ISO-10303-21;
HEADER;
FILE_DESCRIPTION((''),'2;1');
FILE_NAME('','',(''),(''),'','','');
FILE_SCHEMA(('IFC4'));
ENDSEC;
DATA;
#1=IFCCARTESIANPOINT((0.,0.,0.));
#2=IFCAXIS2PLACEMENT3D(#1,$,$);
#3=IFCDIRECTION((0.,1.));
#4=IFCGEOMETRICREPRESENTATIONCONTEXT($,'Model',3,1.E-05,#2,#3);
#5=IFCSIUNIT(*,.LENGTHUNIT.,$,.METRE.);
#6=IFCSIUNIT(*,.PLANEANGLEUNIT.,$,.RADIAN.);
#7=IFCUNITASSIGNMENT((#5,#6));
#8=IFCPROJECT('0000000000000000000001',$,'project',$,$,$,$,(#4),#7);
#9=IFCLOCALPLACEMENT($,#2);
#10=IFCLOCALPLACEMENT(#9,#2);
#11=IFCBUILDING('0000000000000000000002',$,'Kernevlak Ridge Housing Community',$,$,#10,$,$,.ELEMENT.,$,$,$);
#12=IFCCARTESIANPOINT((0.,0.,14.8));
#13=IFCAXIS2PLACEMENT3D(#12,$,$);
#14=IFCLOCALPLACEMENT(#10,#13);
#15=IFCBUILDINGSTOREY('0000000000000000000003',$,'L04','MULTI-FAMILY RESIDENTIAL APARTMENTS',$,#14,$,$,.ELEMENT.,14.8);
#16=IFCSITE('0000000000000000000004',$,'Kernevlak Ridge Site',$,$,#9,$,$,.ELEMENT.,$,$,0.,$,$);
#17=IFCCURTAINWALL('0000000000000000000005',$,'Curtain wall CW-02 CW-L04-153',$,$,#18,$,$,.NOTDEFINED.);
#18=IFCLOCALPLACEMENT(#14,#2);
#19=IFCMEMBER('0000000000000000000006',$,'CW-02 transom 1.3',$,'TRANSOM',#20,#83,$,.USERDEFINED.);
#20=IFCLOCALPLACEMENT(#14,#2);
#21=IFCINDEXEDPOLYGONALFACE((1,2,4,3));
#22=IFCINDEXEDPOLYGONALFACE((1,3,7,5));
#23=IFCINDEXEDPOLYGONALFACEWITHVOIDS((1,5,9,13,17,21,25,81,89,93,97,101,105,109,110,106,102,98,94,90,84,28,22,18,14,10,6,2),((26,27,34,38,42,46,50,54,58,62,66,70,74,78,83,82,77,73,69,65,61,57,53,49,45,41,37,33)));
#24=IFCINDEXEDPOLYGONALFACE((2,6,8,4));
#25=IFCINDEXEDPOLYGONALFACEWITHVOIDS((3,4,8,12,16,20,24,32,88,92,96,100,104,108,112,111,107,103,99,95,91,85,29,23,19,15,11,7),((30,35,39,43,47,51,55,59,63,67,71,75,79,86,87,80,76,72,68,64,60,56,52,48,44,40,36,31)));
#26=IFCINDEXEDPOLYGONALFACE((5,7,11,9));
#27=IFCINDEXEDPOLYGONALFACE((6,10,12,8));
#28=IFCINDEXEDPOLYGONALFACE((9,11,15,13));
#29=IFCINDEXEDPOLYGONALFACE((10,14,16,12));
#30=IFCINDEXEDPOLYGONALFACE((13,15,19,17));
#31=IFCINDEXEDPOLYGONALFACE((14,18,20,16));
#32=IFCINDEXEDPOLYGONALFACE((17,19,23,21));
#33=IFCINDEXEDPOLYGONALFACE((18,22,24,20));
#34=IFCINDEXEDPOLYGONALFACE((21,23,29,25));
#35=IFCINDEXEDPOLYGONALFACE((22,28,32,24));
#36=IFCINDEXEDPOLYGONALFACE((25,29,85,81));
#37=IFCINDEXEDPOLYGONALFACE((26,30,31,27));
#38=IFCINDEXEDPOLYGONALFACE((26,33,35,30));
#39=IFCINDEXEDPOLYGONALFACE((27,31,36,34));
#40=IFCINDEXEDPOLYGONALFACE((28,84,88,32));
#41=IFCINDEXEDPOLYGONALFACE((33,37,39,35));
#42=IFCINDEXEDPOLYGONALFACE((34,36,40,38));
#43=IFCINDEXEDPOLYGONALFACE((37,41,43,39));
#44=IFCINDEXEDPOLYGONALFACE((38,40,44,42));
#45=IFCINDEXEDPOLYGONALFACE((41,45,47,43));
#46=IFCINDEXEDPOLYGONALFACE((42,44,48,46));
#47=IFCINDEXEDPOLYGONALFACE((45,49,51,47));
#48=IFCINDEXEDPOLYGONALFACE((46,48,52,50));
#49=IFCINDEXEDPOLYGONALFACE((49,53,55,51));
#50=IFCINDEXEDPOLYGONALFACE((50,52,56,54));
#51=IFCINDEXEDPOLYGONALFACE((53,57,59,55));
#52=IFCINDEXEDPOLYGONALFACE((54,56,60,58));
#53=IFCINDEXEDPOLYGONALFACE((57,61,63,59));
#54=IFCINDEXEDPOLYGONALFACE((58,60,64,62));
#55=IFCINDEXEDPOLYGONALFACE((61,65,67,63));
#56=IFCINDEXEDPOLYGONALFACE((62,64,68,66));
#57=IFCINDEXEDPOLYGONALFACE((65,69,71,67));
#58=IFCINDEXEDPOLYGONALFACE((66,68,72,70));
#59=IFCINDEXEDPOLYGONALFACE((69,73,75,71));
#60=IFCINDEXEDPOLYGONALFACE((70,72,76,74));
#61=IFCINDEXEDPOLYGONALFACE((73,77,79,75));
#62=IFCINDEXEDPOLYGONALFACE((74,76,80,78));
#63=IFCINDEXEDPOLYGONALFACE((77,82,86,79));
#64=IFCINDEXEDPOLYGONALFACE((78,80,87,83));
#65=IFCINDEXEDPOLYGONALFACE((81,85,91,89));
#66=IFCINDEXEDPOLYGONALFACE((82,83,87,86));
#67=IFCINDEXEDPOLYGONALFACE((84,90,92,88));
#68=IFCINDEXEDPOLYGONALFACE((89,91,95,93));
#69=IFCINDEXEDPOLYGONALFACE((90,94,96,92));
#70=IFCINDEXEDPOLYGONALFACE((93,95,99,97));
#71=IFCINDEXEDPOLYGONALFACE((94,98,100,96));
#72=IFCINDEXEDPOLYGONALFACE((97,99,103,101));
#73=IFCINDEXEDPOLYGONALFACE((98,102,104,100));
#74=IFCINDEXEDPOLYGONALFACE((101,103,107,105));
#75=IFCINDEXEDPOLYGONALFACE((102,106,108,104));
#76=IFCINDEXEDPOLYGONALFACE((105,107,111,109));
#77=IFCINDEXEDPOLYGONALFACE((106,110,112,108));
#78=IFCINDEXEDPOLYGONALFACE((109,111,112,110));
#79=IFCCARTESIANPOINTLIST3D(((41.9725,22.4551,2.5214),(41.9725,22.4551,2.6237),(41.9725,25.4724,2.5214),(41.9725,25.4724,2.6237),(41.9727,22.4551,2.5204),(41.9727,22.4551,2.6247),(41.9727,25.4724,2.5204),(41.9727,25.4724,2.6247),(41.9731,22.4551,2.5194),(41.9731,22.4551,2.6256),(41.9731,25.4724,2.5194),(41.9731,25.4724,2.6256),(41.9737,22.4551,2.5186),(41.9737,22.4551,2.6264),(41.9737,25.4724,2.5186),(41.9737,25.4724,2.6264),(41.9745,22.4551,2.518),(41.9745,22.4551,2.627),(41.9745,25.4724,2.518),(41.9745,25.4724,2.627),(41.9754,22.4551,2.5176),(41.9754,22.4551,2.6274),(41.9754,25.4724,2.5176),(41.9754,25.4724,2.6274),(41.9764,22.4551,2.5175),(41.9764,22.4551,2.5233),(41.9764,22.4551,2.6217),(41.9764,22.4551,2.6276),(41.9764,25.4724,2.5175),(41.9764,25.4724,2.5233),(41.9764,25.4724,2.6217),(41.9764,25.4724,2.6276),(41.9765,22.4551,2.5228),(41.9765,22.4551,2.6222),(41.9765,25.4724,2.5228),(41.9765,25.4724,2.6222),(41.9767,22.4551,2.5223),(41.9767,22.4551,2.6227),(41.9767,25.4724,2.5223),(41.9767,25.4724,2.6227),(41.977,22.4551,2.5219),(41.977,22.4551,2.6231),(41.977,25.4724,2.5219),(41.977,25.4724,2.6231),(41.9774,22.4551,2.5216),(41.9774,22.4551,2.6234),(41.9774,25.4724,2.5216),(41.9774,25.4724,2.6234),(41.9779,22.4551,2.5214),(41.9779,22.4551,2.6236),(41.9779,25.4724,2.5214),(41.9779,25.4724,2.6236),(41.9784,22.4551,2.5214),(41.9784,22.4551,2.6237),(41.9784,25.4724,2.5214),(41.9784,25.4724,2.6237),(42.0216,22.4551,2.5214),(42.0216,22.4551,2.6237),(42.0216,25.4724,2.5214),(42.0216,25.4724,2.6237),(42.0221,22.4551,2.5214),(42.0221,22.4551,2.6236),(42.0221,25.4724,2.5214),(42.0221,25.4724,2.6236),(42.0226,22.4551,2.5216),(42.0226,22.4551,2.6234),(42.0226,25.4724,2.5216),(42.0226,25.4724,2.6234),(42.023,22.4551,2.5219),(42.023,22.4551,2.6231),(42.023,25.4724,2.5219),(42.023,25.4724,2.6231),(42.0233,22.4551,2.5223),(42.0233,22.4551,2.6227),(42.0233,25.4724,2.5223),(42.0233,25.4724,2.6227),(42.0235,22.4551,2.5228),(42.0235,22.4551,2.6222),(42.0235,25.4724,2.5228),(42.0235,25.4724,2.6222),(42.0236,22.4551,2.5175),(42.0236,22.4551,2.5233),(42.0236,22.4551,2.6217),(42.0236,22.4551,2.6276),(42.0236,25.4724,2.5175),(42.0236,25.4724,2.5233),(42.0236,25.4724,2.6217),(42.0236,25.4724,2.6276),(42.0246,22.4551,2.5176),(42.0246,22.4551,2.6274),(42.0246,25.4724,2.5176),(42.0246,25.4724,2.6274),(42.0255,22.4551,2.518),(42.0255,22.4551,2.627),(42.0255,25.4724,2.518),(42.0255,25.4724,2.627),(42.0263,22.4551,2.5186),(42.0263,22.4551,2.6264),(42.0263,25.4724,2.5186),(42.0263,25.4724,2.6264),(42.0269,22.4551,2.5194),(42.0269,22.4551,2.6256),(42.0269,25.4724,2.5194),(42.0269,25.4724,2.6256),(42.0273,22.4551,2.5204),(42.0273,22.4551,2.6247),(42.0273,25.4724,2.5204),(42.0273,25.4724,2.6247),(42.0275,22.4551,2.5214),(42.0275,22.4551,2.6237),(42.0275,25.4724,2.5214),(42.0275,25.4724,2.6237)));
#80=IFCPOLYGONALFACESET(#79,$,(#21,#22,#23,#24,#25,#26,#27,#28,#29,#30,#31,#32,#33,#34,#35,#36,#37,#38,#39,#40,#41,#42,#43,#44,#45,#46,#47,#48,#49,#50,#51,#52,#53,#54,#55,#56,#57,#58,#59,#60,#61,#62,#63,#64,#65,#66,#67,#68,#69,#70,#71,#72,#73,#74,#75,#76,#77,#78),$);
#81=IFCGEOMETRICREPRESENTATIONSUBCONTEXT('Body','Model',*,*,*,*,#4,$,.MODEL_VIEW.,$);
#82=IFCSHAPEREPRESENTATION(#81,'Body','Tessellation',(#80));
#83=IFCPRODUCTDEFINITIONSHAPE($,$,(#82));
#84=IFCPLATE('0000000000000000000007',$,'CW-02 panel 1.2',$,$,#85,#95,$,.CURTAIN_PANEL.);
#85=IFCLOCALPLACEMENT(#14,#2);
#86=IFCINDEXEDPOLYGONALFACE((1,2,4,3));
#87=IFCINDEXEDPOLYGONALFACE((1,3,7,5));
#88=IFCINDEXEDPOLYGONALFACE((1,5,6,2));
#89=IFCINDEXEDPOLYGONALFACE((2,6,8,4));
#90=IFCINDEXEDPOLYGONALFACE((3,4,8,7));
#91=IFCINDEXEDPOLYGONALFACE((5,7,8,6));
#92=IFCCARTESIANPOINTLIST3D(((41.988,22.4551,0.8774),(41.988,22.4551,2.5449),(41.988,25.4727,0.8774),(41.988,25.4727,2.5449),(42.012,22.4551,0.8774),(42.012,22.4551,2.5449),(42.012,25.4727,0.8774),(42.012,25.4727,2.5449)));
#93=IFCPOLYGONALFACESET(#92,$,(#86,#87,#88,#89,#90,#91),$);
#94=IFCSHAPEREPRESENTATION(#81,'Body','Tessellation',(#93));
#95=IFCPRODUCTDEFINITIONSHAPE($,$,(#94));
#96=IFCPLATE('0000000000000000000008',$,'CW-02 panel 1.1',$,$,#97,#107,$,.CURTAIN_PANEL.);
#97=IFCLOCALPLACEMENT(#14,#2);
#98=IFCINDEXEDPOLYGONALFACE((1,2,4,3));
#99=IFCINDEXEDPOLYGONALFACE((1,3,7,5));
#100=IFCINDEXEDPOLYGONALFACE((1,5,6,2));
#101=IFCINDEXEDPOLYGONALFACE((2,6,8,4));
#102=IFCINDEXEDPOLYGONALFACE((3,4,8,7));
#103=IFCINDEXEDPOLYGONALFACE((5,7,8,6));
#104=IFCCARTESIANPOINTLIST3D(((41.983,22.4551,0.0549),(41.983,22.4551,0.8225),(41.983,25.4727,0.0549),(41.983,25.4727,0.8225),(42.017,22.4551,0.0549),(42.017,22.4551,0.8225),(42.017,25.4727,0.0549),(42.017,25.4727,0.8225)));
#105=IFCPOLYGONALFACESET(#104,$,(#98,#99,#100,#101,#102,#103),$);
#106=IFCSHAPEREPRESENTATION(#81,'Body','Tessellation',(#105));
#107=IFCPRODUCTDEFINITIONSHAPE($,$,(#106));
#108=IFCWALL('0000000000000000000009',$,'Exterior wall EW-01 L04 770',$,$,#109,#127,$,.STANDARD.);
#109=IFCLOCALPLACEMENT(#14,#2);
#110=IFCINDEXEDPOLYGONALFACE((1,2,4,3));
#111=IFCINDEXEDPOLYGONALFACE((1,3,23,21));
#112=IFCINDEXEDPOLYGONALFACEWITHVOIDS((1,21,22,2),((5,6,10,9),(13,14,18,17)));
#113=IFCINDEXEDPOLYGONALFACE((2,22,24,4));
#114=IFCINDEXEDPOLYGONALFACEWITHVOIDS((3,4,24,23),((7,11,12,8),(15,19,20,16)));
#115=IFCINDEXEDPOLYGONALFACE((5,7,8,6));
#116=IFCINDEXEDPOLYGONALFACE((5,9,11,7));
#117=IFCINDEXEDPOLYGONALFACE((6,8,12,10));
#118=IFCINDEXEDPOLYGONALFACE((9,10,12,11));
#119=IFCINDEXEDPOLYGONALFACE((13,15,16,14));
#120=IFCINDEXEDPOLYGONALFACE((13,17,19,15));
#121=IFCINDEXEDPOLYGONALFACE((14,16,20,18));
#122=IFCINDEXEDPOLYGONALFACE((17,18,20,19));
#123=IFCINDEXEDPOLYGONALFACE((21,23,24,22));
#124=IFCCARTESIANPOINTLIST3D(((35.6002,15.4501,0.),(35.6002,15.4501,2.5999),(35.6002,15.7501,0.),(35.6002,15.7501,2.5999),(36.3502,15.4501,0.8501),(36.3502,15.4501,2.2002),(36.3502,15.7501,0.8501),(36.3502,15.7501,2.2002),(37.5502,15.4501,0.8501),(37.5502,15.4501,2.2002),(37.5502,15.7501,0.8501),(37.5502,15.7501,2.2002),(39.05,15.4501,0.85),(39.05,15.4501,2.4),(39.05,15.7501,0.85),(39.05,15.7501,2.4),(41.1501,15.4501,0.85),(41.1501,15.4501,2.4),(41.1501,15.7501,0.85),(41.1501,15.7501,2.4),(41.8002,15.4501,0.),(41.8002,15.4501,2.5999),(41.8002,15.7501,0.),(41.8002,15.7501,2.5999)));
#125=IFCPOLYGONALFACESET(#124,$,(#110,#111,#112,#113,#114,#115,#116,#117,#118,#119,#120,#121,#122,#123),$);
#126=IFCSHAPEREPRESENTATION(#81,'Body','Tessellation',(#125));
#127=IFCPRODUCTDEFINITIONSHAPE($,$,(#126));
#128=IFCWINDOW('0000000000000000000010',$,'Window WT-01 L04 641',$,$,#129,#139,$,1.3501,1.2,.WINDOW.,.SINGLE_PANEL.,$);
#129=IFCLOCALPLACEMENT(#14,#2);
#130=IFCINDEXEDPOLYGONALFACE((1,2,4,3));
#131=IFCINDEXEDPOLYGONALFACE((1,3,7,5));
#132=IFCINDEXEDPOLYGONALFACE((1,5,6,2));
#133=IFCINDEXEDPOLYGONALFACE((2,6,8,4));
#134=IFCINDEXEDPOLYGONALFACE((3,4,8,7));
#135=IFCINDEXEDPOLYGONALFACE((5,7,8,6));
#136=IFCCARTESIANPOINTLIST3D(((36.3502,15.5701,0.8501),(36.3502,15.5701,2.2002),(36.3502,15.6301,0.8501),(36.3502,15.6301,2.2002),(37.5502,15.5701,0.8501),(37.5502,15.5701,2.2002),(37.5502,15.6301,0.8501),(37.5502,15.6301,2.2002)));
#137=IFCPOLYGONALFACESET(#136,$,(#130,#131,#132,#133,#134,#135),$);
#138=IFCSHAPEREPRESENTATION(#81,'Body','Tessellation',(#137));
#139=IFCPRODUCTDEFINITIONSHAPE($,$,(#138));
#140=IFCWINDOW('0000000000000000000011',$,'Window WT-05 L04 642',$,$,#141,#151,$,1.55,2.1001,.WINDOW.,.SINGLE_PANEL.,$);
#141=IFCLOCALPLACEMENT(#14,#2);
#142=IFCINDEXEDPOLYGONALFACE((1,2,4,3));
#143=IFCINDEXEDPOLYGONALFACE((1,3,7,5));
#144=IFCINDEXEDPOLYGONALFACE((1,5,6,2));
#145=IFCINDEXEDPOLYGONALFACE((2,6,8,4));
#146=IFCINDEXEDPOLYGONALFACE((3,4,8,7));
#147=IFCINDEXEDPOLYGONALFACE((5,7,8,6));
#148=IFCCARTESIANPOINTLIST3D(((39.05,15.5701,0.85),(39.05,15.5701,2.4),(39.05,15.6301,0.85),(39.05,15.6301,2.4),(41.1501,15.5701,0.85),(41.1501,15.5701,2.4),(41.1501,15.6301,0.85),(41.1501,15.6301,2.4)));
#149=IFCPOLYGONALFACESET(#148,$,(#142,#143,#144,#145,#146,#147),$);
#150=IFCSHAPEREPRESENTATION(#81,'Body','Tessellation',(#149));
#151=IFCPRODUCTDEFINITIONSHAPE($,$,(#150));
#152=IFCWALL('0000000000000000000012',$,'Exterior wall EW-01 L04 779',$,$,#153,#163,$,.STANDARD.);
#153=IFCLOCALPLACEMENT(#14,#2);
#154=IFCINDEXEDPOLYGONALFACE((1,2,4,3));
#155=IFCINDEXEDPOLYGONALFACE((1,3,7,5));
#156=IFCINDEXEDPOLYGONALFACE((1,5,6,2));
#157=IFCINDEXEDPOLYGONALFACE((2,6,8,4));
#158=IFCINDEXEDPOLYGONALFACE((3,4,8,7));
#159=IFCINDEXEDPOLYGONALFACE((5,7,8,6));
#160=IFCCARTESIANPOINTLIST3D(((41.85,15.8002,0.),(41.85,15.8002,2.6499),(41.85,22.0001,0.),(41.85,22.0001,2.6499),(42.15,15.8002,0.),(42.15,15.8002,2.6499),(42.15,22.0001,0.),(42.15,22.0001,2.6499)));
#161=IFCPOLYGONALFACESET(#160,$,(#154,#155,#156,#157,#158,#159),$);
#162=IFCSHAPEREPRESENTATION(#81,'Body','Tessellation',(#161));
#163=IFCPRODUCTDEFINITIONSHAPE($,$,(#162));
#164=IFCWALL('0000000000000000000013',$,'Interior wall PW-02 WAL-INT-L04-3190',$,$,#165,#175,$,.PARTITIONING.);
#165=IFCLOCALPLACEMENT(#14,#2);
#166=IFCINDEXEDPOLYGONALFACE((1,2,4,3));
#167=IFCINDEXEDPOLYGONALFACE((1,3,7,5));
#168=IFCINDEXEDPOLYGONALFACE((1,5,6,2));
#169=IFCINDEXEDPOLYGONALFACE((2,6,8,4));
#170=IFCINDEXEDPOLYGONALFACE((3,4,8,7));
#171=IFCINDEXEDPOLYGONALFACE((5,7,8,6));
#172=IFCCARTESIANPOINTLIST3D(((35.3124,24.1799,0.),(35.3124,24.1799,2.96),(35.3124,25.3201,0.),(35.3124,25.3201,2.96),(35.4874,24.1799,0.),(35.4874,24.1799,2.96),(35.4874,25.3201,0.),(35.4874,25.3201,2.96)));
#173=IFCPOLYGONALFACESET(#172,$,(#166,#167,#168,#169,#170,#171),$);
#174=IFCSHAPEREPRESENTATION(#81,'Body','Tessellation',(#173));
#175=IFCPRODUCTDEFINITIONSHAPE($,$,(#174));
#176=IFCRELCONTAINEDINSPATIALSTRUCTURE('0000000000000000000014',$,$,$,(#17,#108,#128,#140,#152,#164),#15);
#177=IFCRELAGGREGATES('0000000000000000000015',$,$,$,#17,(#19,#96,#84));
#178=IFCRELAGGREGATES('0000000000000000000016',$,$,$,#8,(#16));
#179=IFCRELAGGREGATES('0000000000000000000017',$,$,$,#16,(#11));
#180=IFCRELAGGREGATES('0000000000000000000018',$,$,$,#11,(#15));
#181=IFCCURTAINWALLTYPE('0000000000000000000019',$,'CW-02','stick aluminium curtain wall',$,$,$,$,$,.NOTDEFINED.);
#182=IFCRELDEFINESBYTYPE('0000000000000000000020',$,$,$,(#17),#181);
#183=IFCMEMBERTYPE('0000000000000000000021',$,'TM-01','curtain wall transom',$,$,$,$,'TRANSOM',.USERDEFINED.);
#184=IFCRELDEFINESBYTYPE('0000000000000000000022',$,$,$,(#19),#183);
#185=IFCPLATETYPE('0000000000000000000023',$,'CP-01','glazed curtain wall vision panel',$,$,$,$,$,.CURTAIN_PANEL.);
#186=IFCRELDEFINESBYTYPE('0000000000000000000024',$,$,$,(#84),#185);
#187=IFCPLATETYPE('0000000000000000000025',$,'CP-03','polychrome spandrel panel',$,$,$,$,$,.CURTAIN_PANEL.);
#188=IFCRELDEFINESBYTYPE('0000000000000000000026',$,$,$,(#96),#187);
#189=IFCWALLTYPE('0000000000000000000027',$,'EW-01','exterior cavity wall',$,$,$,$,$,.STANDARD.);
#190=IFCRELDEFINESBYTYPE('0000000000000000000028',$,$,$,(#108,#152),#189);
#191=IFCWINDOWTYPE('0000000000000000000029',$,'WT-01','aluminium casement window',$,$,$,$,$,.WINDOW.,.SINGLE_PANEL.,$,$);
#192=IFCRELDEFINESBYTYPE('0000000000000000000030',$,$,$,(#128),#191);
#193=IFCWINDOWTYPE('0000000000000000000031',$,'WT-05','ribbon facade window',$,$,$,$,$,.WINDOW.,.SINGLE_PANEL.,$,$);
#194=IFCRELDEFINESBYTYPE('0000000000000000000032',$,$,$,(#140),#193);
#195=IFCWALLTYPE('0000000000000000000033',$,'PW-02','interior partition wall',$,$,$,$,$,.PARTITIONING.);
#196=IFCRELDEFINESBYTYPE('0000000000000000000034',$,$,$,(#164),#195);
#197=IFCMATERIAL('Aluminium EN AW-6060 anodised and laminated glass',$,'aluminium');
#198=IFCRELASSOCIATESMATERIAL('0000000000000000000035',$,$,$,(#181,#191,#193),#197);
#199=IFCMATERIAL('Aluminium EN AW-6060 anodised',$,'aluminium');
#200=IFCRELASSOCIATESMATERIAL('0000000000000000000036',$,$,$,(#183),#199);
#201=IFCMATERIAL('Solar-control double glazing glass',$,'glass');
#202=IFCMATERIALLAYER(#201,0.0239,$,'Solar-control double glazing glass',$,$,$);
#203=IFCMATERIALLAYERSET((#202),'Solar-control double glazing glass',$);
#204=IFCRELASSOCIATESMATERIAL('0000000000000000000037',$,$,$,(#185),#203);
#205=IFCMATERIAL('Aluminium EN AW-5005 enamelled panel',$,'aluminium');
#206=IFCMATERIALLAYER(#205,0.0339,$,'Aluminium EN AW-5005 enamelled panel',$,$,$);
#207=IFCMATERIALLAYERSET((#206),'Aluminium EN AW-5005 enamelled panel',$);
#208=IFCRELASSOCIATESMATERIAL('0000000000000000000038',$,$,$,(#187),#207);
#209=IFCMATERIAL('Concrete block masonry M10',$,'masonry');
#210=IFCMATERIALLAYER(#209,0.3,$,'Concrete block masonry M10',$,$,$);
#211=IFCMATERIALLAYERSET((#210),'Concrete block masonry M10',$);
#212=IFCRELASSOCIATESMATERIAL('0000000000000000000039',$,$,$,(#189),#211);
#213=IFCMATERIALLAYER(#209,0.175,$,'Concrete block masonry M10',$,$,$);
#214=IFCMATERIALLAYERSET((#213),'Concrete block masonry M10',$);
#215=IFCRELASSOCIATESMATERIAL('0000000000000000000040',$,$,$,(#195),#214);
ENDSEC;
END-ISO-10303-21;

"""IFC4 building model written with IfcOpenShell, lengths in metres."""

from ifc_helpers import new_model, si_unit, direction, frame, frame_2d, origin, origin_2d, place, context, subcontext, project, spatial, rectangle, hollow_rectangle, extrude, material, layer, layer_set, material_profile, profile_set, type_object, element, fill, aggregate, save


model = new_model("IFC4")

# Units and contexts
model_context = context("Model", 3, precision=1e-05, world=origin(), true_north=direction((0.0, 1.0)))
body_context = subcontext(model_context, "Body", "Model", "MODEL_VIEW")
ifc_project = project(units=[si_unit("LENGTHUNIT", "METRE"), si_unit("PLANEANGLEUNIT", "RADIAN")], contexts=[model_context])

# Site, building, storey
site_placement = place(None, origin())
site = spatial("IfcSite", under=ifc_project, at=site_placement, Name="Kernevlak Ridge Site", CompositionType="ELEMENT", RefElevation=0.0)
building_placement = place(site_placement, origin())
building = spatial("IfcBuilding", under=site, at=building_placement, Name="Kernevlak Ridge Housing Community", CompositionType="ELEMENT")
storey_placement = place(building_placement, frame((0.0, 0.0, 14.8)))
storey = spatial("IfcBuildingStorey", under=building, at=storey_placement, Name="L04", Description="MULTI-FAMILY RESIDENTIAL APARTMENTS", CompositionType="ELEMENT", Elevation=14.8)

# Curtain wall
ifc_material_1 = material(Name="Aluminium EN AW-6060 anodised and laminated glass", Category="aluminium")
curtain_wall_type = type_object("IfcCurtainWallType", Name="CW-02", Description="stick aluminium curtain wall", PredefinedType="NOTDEFINED", material=ifc_material_1)
curtain_wall_placement = place(storey_placement, origin())
curtain_wall = element("IfcCurtainWall", 1, at=curtain_wall_placement, inside=storey, type_object=curtain_wall_type, Name="Curtain wall CW-02 CW-L04-153", PredefinedType="NOTDEFINED")
ifc_material_2 = material(Name="Aluminium EN AW-6060 anodised", Category="aluminium")

# Member
ifc_material_profile_1 = material_profile(ifc_material_2, hollow_rectangle(XDim=0.0549, YDim=0.1101, WallThickness=0.0039, InnerFilletRadius=0.002, OuterFilletRadius=0.0039, at=origin_2d()), Name="ALU 55x110x4")
ifc_profile_set_1 = profile_set([ifc_material_profile_1], Name="Aluminium EN AW-6060 anodised")
member_type_1 = type_object("IfcMemberType", Name="TM-01", Description="curtain wall transom", ElementType="TRANSOM", PredefinedType="USERDEFINED", material=ifc_profile_set_1)
member_1_placement = place(storey_placement, frame((42.0, 22.4551, 2.5725), z_axis=(0.0, 1.0, 0.0), x_axis=(-1.0, 0.0, 0.0)))
member_1 = element("IfcMember", 2, at=member_1_placement, type_object=member_type_1, Name="CW-02 transom 1.3", ObjectType="TRANSOM", PredefinedType="USERDEFINED", context=body_context, shape_type="SweptSolid", body=[
    extrude(hollow_rectangle(XDim=0.0549, YDim=0.1101, WallThickness=0.0039, InnerFilletRadius=0.002, OuterFilletRadius=0.0039, at=origin_2d()), origin(), (0.0, 0.0, 1.0), 3.0173),
])

# Plates
ifc_material_3 = material(Name="Solar-control double glazing glass", Category="glass")
ifc_layer_1 = layer(ifc_material_3, 0.0239, Name="Solar-control double glazing glass")
ifc_layer_set_1 = layer_set([ifc_layer_1], Name="Solar-control double glazing glass")
plate_type_1 = type_object("IfcPlateType", Name="CP-01", Description="glazed curtain wall vision panel", PredefinedType="CURTAIN_PANEL", material=ifc_layer_set_1)
plate_1_placement = place(storey_placement, frame((42.0, 23.9639, 0.8774), z_axis=(0.0, 0.0, 1.0), x_axis=(0.0, 1.0, 0.0)))
plate_1 = element("IfcPlate", 3, at=plate_1_placement, type_object=plate_type_1, Name="CW-02 panel 1.2", PredefinedType="CURTAIN_PANEL", context=body_context, shape_type="SweptSolid", body=[
    extrude(rectangle(XDim=3.0176, YDim=0.0239, at=origin_2d()), origin(), (0.0, 0.0, 1.0), 1.6675),
])
ifc_material_4 = material(Name="Aluminium EN AW-5005 enamelled panel", Category="aluminium")
ifc_layer_2 = layer(ifc_material_4, 0.0339, Name="Aluminium EN AW-5005 enamelled panel")
ifc_layer_set_2 = layer_set([ifc_layer_2], Name="Aluminium EN AW-5005 enamelled panel")
plate_type_2 = type_object("IfcPlateType", Name="CP-03", Description="polychrome spandrel panel", PredefinedType="CURTAIN_PANEL", material=ifc_layer_set_2)
plate_2_placement = place(storey_placement, frame((42.0, 23.9639, 0.0549), z_axis=(0.0, 0.0, 1.0), x_axis=(0.0, 1.0, 0.0)))
plate_2 = element("IfcPlate", 4, at=plate_2_placement, type_object=plate_type_2, Name="CW-02 panel 1.1", PredefinedType="CURTAIN_PANEL", context=body_context, shape_type="SweptSolid", body=[
    extrude(rectangle(XDim=3.0176, YDim=0.0339, at=origin_2d()), origin(), (0.0, 0.0, 1.0), 0.7676),
])
aggregate(curtain_wall, [member_1, plate_2, plate_1])

# Wall, openings, windows
ifc_material_5 = material(Name="Concrete block masonry M10", Category="masonry")
ifc_layer_3 = layer(ifc_material_5, 0.3, Name="Concrete block masonry M10")
ifc_layer_set_3 = layer_set([ifc_layer_3], Name="Concrete block masonry M10")
wall_type_1 = type_object("IfcWallType", Name="EW-01", Description="exterior cavity wall", PredefinedType="STANDARD", material=ifc_layer_set_3)
wall_1_placement = place(storey_placement, frame((35.6001, 15.6001, 0.0), z_axis=(0.0, 0.0, 1.0), x_axis=(1.0, 0.0, 0.0)))
wall_1 = element("IfcWall", 5, at=wall_1_placement, inside=storey, type_object=wall_type_1, Name="Exterior wall EW-01 L04 770", PredefinedType="STANDARD", context=body_context, shape_type="SweptSolid", body=[
    extrude(rectangle(XDim=6.2, YDim=0.3, at=frame_2d((3.1001, 0.0))), origin(), (0.0, 0.0, 1.0), 2.5999),
])
opening_1_placement = place(wall_1_placement, frame((0.75, 0.0, 0.8501)))
opening_1 = element("IfcOpeningElement", 6, at=opening_1_placement, cuts=wall_1, PredefinedType="OPENING", context=body_context, shape_type="SweptSolid", body=[
    extrude(rectangle(XDim=1.2, YDim=1.3501, at=frame_2d((0.6001, 0.675))), frame((0.0, 0.1599, 0.0), z_axis=(0.0, -1.0, 0.0), x_axis=(1.0, 0.0, 0.0)), (0.0, 0.0, 1.0), 0.3201),
])
opening_2_placement = place(wall_1_placement, frame((3.45, 0.0, 0.8501)))
opening_2 = element("IfcOpeningElement", 7, at=opening_2_placement, cuts=wall_1, PredefinedType="OPENING", context=body_context, shape_type="SweptSolid", body=[
    extrude(rectangle(XDim=2.1001, YDim=1.55, at=frame_2d((1.05, 0.7749))), frame((0.0, 0.1599, 0.0), z_axis=(0.0, -1.0, 0.0), x_axis=(1.0, 0.0, 0.0)), (0.0, 0.0, 1.0), 0.3201),
])
window_type_1 = type_object("IfcWindowType", Name="WT-01", Description="aluminium casement window", PartitioningType="SINGLE_PANEL", PredefinedType="WINDOW", material=ifc_material_1)
window_1_placement = place(opening_1_placement, origin())
window_1 = element("IfcWindow", 8, at=window_1_placement, inside=storey, type_object=window_type_1, Name="Window WT-01 L04 641", OverallHeight=1.3501, OverallWidth=1.2, PartitioningType="SINGLE_PANEL", PredefinedType="WINDOW", context=body_context, shape_type="SweptSolid", body=[
    extrude(rectangle(XDim=1.2, YDim=1.3501, at=frame_2d((0.6001, 0.675))), frame((0.0, 0.03, 0.0), z_axis=(0.0, -1.0, 0.0), x_axis=(1.0, 0.0, 0.0)), (0.0, 0.0, 1.0), 0.0601),
])
fill(opening_1, window_1)
window_type_2 = type_object("IfcWindowType", Name="WT-05", Description="ribbon facade window", PartitioningType="SINGLE_PANEL", PredefinedType="WINDOW", material=ifc_material_1)
window_2_placement = place(opening_2_placement, origin())
window_2 = element("IfcWindow", 9, at=window_2_placement, inside=storey, type_object=window_type_2, Name="Window WT-05 L04 642", OverallHeight=1.55, OverallWidth=2.1001, PartitioningType="SINGLE_PANEL", PredefinedType="WINDOW", context=body_context, shape_type="SweptSolid", body=[
    extrude(rectangle(XDim=2.1001, YDim=1.55, at=frame_2d((1.05, 0.7749))), frame((0.0, 0.03, 0.0), z_axis=(0.0, -1.0, 0.0), x_axis=(1.0, 0.0, 0.0)), (0.0, 0.0, 1.0), 0.0601),
])
fill(opening_2, window_2)

# Walls
wall_2_placement = place(storey_placement, frame((42.0, 15.8, 0.0), z_axis=(0.0, 0.0, 1.0), x_axis=(0.0, 1.0, 0.0)))
element("IfcWall", 10, at=wall_2_placement, inside=storey, type_object=wall_type_1, Name="Exterior wall EW-01 L04 779", PredefinedType="STANDARD", context=body_context, shape_type="SweptSolid", body=[
    extrude(rectangle(XDim=6.2, YDim=0.3, at=frame_2d((3.1001, 0.0))), origin(), (0.0, 0.0, 1.0), 2.6499),
])
ifc_layer_4 = layer(ifc_material_5, 0.175, Name="Concrete block masonry M10")
ifc_layer_set_4 = layer_set([ifc_layer_4], Name="Concrete block masonry M10")
wall_type_2 = type_object("IfcWallType", Name="PW-02", Description="interior partition wall", PredefinedType="PARTITIONING", material=ifc_layer_set_4)
wall_3_placement = place(storey_placement, frame((35.3999, 24.1799, 0.0), z_axis=(0.0, 0.0, 1.0), x_axis=(0.0, 1.0, 0.0)))
element("IfcWall", 11, at=wall_3_placement, inside=storey, type_object=wall_type_2, Name="Interior wall PW-02 WAL-INT-L04-3190", PredefinedType="PARTITIONING", context=body_context, shape_type="SweptSolid", body=[
    extrude(rectangle(XDim=1.1401, YDim=0.175, at=frame_2d((0.5701, 0.0))), origin(), (0.0, 0.0, 1.0), 2.96),
])

save(model, "model.ifc")
